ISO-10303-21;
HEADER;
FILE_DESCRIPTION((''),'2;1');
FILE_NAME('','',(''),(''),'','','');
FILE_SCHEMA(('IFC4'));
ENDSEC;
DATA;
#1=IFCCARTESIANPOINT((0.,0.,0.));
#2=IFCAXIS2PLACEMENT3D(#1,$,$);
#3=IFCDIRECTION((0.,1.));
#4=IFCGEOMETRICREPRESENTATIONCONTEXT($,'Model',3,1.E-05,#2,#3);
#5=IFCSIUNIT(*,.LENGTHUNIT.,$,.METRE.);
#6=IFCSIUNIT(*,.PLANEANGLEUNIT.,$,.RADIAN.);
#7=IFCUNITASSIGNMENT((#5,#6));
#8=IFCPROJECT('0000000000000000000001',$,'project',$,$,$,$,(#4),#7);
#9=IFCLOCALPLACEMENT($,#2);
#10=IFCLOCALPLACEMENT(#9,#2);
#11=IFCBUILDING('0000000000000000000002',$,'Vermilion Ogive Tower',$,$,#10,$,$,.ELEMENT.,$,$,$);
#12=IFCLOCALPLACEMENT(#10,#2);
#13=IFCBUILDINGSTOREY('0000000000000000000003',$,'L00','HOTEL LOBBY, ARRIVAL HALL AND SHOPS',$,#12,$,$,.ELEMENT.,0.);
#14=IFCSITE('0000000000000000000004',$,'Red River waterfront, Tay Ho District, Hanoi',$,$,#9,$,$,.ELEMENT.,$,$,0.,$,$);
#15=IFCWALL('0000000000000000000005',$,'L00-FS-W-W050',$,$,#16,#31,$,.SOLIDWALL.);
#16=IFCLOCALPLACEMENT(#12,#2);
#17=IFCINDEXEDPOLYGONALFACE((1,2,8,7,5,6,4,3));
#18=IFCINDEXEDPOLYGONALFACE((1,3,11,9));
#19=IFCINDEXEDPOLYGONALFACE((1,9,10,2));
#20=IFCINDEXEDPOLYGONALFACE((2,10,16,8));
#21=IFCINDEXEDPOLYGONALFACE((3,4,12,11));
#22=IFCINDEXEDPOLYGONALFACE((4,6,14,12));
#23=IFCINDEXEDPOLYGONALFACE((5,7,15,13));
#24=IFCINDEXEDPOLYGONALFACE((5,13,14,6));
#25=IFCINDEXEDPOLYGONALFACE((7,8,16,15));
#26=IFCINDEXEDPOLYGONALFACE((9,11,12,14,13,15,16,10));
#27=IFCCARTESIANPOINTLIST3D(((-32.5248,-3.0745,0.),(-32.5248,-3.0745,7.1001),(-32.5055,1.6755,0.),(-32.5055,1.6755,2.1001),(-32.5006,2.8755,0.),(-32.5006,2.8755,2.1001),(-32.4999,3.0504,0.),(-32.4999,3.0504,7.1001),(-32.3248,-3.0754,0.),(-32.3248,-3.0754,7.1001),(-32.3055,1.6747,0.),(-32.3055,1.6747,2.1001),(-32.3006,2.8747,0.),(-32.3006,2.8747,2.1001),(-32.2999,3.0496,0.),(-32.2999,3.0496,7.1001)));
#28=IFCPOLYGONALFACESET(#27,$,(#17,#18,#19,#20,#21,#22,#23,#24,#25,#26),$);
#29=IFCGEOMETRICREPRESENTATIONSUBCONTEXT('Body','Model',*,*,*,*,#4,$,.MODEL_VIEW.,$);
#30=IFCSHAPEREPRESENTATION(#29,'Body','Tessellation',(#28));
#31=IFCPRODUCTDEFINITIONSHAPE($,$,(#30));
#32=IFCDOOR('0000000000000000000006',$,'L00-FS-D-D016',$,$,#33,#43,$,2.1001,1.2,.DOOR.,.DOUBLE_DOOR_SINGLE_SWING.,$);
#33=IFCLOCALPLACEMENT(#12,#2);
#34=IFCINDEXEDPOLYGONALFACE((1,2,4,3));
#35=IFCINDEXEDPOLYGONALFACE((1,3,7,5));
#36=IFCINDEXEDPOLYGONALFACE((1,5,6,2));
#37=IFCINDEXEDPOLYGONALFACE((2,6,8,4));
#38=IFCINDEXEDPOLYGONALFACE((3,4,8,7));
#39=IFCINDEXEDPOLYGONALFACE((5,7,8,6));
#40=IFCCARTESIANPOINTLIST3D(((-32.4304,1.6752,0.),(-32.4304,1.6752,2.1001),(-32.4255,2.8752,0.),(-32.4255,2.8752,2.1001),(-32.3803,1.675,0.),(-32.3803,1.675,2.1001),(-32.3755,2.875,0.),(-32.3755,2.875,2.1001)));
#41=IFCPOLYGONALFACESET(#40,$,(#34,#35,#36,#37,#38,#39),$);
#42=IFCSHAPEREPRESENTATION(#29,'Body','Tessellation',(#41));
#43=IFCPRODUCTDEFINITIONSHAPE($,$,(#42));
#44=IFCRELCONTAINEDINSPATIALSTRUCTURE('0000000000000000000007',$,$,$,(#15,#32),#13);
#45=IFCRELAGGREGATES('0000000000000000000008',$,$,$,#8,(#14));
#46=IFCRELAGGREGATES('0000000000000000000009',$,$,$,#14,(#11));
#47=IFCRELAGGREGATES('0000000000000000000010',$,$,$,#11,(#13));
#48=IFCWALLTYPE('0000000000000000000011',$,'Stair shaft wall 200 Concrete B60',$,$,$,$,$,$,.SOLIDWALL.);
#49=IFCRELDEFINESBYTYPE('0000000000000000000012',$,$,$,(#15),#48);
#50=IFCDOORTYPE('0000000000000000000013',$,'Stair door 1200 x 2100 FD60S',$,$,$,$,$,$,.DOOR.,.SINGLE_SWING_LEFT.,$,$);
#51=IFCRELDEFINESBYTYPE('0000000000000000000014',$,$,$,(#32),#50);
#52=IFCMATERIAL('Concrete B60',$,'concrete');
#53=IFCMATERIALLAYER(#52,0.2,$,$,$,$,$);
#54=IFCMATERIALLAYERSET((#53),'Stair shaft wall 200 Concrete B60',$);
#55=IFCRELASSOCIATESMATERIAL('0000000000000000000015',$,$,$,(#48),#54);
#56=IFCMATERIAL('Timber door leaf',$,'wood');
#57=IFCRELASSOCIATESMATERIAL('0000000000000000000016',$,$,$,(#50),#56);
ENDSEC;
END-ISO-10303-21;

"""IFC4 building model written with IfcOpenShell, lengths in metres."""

from ifc_helpers import new_model, si_unit, direction, frame, frame_2d, origin, place, context, subcontext, project, spatial, rectangle, extrude, material, layer, layer_set, type_object, element, fill, save


model = new_model("IFC4")

# Units and contexts
model_context = context("Model", 3, precision=1e-05, world=origin(), true_north=direction((0.0, 1.0)))
body_context = subcontext(model_context, "Body", "Model", "MODEL_VIEW")
ifc_project = project(units=[si_unit("LENGTHUNIT", "METRE"), si_unit("PLANEANGLEUNIT", "RADIAN")], contexts=[model_context])

# Site, building, storey
site_placement = place(None, origin())
site = spatial("IfcSite", under=ifc_project, at=site_placement, Name="Red River waterfront, Tay Ho District, Hanoi", CompositionType="ELEMENT", RefElevation=0.0)
building_placement = place(site_placement, origin())
building = spatial("IfcBuilding", under=site, at=building_placement, Name="Vermilion Ogive Tower", CompositionType="ELEMENT")
storey_placement = place(building_placement, origin())
storey = spatial("IfcBuildingStorey", under=building, at=storey_placement, Name="L00", Description="HOTEL LOBBY, ARRIVAL HALL AND SHOPS", CompositionType="ELEMENT", Elevation=0.0)

# Wall, opening, door
ifc_material_1 = material(Name="Concrete B60", Category="concrete")
ifc_layer_1 = layer(ifc_material_1, 0.2)
ifc_layer_set_1 = layer_set([ifc_layer_1], Name="Stair shaft wall 200 Concrete B60")
wall_type_1 = type_object("IfcWallType", Name="Stair shaft wall 200 Concrete B60", PredefinedType="SOLIDWALL", material=ifc_layer_set_1)
ifc_material_2 = material(Name="Timber door leaf", Category="wood")
door_type_1 = type_object("IfcDoorType", Name="Stair door 1200 x 2100 FD60S", OperationType="SINGLE_SWING_LEFT", PredefinedType="DOOR", material=ifc_material_2)
wall_1_placement = place(storey_placement, frame((-32.4248, -3.075, 0.0), z_axis=(0.0, 0.0, 1.0), x_axis=(0.004066, 0.999992, 0.0)))
wall_1 = element("IfcWall", 1, at=wall_1_placement, inside=storey, type_object=wall_type_1, Name="L00-FS-W-W050", PredefinedType="SOLIDWALL", context=body_context, shape_type="SweptSolid", body=[
    extrude(rectangle(XDim=6.125, YDim=0.2, at=frame_2d((3.0625, 0.0))), origin(), (0.0, 0.0, 1.0), 7.1001),
])
opening_1_placement = place(wall_1_placement, frame((4.75, 0.0, 0.0)))
opening_1 = element("IfcOpeningElement", 2, at=opening_1_placement, cuts=wall_1, PredefinedType="OPENING", context=body_context, shape_type="SweptSolid", body=[
    extrude(rectangle(XDim=1.2, YDim=2.1001, at=frame_2d((0.6001, 1.05))), frame((0.0, 0.1099, 0.0), z_axis=(0.0, -1.0, 0.0), x_axis=(1.0, 0.0, 0.0)), (0.0, 0.0, 1.0), 0.22),
])
door_1_placement = place(opening_1_placement, origin())
door_1 = element("IfcDoor", 3, at=door_1_placement, inside=storey, type_object=door_type_1, Name="L00-FS-D-D016", OperationType="DOUBLE_DOOR_SINGLE_SWING", OverallHeight=2.1001, OverallWidth=1.2, PredefinedType="DOOR", context=body_context, shape_type="SweptSolid", body=[
    extrude(rectangle(XDim=1.2, YDim=2.1001, at=frame_2d((0.6001, 1.05))), frame((0.0, 0.0249, 0.0), z_axis=(0.0, -1.0, 0.0), x_axis=(1.0, 0.0, 0.0)), (0.0, 0.0, 1.0), 0.05),
])
fill(opening_1, door_1)

save(model, "model.ifc")
